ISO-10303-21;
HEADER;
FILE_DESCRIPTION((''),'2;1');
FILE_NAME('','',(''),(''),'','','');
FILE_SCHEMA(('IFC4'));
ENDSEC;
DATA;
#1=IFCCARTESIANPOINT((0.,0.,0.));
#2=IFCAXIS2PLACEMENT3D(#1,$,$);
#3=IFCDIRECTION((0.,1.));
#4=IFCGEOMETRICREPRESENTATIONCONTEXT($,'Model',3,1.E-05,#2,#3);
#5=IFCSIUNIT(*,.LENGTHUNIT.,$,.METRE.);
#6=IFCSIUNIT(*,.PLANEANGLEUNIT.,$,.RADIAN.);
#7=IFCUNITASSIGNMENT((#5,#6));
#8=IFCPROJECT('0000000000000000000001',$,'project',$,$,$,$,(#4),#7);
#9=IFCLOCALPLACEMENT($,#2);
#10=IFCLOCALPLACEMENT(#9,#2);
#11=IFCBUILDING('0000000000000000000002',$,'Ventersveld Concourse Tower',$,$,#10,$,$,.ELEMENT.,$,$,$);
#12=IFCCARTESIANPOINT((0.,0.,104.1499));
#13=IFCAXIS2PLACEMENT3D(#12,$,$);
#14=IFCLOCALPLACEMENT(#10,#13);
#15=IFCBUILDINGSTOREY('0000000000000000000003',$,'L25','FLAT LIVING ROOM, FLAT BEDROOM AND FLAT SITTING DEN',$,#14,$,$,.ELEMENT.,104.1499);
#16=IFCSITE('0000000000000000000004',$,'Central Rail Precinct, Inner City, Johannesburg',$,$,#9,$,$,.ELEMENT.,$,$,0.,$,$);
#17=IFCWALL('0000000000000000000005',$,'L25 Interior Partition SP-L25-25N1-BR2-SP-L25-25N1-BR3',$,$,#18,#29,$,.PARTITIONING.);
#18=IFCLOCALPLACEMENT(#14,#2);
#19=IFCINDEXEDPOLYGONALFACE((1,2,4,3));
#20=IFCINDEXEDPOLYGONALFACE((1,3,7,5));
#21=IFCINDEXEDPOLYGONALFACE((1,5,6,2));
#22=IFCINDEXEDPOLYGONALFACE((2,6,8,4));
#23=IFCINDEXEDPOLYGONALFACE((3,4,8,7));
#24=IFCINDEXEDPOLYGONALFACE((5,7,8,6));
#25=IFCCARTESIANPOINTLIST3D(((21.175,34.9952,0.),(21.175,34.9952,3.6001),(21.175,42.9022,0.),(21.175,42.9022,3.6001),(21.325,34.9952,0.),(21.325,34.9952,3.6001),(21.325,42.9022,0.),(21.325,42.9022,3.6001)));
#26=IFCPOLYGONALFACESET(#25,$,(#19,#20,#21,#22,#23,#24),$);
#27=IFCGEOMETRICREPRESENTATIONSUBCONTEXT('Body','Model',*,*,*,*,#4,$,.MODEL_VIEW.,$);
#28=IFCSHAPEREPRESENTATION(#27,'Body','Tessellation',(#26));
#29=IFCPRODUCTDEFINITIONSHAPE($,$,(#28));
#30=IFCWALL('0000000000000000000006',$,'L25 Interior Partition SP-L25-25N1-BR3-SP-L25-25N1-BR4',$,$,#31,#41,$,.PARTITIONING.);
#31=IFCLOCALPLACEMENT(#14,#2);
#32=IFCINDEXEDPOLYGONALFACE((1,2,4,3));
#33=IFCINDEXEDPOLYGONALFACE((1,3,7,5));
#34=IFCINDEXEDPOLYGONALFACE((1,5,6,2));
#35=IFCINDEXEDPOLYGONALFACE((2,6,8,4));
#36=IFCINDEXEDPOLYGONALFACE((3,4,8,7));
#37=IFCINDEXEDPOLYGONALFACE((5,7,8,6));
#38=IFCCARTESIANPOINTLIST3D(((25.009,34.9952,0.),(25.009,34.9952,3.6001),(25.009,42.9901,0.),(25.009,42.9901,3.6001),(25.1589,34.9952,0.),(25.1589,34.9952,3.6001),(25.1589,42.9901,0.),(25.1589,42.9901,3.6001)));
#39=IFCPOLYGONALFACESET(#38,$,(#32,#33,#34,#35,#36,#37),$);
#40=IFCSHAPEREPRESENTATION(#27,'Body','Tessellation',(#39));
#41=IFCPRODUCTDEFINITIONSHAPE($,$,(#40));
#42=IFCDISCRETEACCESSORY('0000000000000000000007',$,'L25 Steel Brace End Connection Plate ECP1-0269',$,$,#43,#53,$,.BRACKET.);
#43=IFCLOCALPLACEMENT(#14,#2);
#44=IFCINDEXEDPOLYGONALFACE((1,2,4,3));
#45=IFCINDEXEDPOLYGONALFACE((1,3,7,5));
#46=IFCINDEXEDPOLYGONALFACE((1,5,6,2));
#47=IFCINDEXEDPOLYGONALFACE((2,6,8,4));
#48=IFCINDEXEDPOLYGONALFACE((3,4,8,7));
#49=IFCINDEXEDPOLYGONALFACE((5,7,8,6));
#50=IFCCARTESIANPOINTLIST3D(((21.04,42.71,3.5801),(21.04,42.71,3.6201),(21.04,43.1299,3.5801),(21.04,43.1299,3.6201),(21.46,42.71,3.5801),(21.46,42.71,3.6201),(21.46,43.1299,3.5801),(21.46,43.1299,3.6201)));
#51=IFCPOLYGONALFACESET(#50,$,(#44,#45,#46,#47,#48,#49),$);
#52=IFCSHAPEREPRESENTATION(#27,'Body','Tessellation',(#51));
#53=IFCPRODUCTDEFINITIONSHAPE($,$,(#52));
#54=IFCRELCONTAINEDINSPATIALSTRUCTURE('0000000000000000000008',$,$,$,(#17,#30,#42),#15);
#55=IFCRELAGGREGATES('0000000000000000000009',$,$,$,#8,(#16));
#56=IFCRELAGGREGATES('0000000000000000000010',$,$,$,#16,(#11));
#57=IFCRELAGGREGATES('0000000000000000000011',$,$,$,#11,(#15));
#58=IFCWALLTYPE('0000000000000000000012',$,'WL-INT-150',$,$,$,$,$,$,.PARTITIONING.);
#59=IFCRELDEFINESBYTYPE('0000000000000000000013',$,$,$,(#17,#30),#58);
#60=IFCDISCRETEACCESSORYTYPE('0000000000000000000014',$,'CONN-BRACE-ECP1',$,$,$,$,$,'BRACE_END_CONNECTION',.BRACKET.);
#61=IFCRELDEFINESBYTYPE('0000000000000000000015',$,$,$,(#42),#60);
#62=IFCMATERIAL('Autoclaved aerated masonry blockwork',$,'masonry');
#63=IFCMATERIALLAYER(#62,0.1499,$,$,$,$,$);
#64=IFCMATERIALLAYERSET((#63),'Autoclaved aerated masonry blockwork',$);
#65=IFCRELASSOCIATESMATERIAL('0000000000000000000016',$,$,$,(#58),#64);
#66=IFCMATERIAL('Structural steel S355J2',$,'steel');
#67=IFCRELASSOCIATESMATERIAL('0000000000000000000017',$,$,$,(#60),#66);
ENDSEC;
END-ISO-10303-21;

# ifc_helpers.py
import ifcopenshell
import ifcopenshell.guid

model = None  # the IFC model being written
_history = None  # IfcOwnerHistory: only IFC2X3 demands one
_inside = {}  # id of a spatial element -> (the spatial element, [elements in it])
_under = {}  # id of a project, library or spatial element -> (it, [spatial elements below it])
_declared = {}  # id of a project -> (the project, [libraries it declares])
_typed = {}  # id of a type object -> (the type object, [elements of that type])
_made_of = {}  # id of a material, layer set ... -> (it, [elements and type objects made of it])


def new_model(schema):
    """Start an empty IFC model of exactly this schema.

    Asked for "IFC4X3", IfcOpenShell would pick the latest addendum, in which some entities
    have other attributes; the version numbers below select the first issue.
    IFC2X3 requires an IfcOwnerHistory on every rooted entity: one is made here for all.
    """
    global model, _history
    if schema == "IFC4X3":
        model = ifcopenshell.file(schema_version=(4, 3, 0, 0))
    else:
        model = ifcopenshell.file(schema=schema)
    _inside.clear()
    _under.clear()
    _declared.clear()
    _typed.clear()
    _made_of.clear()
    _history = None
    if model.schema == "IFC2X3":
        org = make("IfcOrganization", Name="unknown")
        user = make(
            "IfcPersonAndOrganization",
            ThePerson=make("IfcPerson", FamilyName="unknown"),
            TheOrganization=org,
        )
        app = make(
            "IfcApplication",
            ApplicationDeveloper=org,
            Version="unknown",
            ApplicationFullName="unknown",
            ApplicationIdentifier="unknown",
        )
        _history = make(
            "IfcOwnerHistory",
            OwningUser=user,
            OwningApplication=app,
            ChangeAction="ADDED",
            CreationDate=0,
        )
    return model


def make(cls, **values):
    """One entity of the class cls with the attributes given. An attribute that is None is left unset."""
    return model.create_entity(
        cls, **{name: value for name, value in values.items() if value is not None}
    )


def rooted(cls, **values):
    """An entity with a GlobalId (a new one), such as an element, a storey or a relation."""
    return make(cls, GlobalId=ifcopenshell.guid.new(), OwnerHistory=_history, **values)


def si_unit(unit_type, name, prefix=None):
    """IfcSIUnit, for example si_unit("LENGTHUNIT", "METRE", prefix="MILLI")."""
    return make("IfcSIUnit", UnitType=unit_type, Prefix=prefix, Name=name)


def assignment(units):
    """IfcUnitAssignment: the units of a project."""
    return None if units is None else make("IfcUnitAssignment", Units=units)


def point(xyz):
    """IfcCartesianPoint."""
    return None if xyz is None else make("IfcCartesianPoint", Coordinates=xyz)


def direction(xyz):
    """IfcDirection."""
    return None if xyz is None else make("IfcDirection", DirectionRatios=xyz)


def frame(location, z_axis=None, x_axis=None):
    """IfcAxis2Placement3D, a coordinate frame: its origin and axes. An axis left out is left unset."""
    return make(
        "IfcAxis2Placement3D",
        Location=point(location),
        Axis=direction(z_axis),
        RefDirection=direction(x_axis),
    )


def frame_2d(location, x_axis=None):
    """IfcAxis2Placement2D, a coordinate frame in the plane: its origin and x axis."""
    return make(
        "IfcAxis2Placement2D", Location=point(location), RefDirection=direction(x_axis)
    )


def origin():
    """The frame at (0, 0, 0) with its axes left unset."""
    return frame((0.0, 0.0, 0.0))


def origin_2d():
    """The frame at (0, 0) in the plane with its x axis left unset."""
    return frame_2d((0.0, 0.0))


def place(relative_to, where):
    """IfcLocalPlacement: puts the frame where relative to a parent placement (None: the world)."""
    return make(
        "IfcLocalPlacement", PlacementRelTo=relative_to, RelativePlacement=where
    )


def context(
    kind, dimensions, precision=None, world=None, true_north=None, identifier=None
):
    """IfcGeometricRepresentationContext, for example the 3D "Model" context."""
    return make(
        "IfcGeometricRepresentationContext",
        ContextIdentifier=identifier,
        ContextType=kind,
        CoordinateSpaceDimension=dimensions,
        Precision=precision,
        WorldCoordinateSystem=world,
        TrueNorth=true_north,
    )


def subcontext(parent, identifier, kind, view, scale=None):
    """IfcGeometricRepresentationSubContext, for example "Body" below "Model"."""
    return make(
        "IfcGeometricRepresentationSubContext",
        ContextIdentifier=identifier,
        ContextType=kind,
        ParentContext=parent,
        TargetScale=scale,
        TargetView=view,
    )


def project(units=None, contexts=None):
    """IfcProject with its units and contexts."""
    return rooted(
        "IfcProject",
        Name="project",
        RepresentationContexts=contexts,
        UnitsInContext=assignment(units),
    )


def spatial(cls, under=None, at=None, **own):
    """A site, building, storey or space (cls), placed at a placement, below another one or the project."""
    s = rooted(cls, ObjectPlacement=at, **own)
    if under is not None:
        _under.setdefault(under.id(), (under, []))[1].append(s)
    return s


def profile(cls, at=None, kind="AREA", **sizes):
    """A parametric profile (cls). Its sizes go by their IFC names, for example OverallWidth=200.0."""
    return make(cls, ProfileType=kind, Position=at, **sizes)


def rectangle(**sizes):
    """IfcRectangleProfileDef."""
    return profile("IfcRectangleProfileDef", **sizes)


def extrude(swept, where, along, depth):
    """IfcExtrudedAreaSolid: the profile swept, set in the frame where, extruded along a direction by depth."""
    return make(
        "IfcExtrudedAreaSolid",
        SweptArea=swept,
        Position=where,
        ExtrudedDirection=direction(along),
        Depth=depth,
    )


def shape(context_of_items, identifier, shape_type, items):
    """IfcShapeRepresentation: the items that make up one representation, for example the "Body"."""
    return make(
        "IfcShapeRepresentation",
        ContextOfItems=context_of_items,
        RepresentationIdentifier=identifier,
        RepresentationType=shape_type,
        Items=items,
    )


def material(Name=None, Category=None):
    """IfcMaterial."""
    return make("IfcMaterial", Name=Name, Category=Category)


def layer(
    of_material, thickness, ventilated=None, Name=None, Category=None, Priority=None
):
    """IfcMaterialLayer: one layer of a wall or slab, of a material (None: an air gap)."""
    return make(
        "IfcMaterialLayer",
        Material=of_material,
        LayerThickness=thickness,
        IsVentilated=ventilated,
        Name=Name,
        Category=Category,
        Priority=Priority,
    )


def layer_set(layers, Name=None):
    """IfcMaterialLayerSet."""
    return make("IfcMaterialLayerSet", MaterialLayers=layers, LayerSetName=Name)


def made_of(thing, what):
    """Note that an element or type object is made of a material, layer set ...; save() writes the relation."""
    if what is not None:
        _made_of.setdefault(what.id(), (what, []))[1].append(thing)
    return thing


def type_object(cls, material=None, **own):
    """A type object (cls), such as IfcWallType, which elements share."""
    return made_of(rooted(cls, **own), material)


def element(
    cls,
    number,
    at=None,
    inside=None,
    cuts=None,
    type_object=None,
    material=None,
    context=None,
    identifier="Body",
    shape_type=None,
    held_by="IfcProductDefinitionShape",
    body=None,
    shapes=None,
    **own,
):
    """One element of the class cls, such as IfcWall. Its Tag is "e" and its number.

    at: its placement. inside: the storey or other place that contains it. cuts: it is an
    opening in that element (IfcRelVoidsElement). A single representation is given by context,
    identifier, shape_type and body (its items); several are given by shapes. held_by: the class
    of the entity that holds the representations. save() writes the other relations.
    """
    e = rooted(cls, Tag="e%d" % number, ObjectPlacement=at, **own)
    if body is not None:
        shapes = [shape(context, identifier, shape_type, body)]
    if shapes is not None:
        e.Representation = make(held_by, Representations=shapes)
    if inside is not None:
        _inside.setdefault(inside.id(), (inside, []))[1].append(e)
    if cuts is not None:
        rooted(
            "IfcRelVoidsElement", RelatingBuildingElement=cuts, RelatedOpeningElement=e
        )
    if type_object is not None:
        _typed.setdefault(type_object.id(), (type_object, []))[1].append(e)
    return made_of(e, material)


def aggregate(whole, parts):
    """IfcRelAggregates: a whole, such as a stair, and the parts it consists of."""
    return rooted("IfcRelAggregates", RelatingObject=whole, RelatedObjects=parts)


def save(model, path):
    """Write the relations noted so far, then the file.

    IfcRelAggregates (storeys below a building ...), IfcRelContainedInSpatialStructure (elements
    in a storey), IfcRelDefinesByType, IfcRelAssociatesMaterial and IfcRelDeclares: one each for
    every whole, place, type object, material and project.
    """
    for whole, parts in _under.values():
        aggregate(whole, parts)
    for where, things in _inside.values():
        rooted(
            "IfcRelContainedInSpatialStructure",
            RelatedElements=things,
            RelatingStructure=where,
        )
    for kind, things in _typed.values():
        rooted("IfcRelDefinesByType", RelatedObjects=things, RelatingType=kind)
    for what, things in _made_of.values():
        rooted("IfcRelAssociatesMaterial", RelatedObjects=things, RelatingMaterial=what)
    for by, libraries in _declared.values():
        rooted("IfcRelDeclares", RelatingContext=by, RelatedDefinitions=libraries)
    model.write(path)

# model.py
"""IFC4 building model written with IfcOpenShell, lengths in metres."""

from ifc_helpers import new_model, si_unit, direction, frame, frame_2d, origin, origin_2d, place, context, subcontext, project, spatial, rectangle, extrude, material, layer, layer_set, type_object, element, save


model = new_model("IFC4")

# Units and contexts
model_context = context("Model", 3, precision=1e-05, world=origin(), true_north=direction((0.0, 1.0)))
body_context = subcontext(model_context, "Body", "Model", "MODEL_VIEW")
ifc_project = project(units=[si_unit("LENGTHUNIT", "METRE"), si_unit("PLANEANGLEUNIT", "RADIAN")], contexts=[model_context])

# Site, building, storey
site_placement = place(None, origin())
site = spatial("IfcSite", under=ifc_project, at=site_placement, Name="Central Rail Precinct, Inner City, Johannesburg", CompositionType="ELEMENT", RefElevation=0.0)
building_placement = place(site_placement, origin())
building = spatial("IfcBuilding", under=site, at=building_placement, Name="Ventersveld Concourse Tower", CompositionType="ELEMENT")
storey_placement = place(building_placement, frame((0.0, 0.0, 104.1499)))
storey = spatial("IfcBuildingStorey", under=building, at=storey_placement, Name="L25", Description="FLAT LIVING ROOM, FLAT BEDROOM AND FLAT SITTING DEN", CompositionType="ELEMENT", Elevation=104.1499)

# Shared definitions
ifc_material_1 = material(Name="Structural steel S355J2", Category="steel")

# Shared definitions
ifc_material_2 = material(Name="Autoclaved aerated masonry blockwork", Category="masonry")
ifc_layer_1 = layer(ifc_material_2, 0.1499)
ifc_layer_set_1 = layer_set([ifc_layer_1], Name="Autoclaved aerated masonry blockwork")
wall_type_1 = type_object("IfcWallType", Name="WL-INT-150", PredefinedType="PARTITIONING", material=ifc_layer_set_1)

# Walls
wall_1_placement = place(storey_placement, frame((21.25, 34.9951, 0.0), z_axis=(0.0, 0.0, 1.0), x_axis=(0.0, 1.0, 0.0)))
element("IfcWall", 1, at=wall_1_placement, inside=storey, type_object=wall_type_1, Name="L25 Interior Partition SP-L25-25N1-BR2-SP-L25-25N1-BR3", PredefinedType="PARTITIONING", context=body_context, shape_type="SweptSolid", body=[
    extrude(rectangle(XDim=7.907, YDim=0.1499, at=frame_2d((3.9536, 0.0))), origin(), (0.0, 0.0, 1.0), 3.6001),
])
wall_2_placement = place(storey_placement, frame((25.084, 34.9951, 0.0), z_axis=(0.0, 0.0, 1.0), x_axis=(0.0, 1.0, 0.0)))
element("IfcWall", 2, at=wall_2_placement, inside=storey, type_object=wall_type_1, Name="L25 Interior Partition SP-L25-25N1-BR3-SP-L25-25N1-BR4", PredefinedType="PARTITIONING", context=body_context, shape_type="SweptSolid", body=[
    extrude(rectangle(XDim=7.9949, YDim=0.1499, at=frame_2d((3.9976, 0.0))), origin(), (0.0, 0.0, 1.0), 3.6001),
])

# Discrete accessory
discrete_accessory_type = type_object("IfcDiscreteAccessoryType", Name="CONN-BRACE-ECP1", ElementType="BRACE_END_CONNECTION", PredefinedType="BRACKET", material=ifc_material_1)
discrete_accessory_placement = place(storey_placement, frame((21.25, 42.9199, 3.5801), z_axis=(0.0, 0.0, 1.0), x_axis=(1.0, 0.0, 0.0)))
element("IfcDiscreteAccessory", 3, at=discrete_accessory_placement, inside=storey, type_object=discrete_accessory_type, Name="L25 Steel Brace End Connection Plate ECP1-0269", PredefinedType="BRACKET", context=body_context, shape_type="SweptSolid", body=[
    extrude(rectangle(XDim=0.4199, YDim=0.4199, at=origin_2d()), origin(), (0.0, 0.0, 1.0), 0.04),
])

save(model, "model.ifc")
